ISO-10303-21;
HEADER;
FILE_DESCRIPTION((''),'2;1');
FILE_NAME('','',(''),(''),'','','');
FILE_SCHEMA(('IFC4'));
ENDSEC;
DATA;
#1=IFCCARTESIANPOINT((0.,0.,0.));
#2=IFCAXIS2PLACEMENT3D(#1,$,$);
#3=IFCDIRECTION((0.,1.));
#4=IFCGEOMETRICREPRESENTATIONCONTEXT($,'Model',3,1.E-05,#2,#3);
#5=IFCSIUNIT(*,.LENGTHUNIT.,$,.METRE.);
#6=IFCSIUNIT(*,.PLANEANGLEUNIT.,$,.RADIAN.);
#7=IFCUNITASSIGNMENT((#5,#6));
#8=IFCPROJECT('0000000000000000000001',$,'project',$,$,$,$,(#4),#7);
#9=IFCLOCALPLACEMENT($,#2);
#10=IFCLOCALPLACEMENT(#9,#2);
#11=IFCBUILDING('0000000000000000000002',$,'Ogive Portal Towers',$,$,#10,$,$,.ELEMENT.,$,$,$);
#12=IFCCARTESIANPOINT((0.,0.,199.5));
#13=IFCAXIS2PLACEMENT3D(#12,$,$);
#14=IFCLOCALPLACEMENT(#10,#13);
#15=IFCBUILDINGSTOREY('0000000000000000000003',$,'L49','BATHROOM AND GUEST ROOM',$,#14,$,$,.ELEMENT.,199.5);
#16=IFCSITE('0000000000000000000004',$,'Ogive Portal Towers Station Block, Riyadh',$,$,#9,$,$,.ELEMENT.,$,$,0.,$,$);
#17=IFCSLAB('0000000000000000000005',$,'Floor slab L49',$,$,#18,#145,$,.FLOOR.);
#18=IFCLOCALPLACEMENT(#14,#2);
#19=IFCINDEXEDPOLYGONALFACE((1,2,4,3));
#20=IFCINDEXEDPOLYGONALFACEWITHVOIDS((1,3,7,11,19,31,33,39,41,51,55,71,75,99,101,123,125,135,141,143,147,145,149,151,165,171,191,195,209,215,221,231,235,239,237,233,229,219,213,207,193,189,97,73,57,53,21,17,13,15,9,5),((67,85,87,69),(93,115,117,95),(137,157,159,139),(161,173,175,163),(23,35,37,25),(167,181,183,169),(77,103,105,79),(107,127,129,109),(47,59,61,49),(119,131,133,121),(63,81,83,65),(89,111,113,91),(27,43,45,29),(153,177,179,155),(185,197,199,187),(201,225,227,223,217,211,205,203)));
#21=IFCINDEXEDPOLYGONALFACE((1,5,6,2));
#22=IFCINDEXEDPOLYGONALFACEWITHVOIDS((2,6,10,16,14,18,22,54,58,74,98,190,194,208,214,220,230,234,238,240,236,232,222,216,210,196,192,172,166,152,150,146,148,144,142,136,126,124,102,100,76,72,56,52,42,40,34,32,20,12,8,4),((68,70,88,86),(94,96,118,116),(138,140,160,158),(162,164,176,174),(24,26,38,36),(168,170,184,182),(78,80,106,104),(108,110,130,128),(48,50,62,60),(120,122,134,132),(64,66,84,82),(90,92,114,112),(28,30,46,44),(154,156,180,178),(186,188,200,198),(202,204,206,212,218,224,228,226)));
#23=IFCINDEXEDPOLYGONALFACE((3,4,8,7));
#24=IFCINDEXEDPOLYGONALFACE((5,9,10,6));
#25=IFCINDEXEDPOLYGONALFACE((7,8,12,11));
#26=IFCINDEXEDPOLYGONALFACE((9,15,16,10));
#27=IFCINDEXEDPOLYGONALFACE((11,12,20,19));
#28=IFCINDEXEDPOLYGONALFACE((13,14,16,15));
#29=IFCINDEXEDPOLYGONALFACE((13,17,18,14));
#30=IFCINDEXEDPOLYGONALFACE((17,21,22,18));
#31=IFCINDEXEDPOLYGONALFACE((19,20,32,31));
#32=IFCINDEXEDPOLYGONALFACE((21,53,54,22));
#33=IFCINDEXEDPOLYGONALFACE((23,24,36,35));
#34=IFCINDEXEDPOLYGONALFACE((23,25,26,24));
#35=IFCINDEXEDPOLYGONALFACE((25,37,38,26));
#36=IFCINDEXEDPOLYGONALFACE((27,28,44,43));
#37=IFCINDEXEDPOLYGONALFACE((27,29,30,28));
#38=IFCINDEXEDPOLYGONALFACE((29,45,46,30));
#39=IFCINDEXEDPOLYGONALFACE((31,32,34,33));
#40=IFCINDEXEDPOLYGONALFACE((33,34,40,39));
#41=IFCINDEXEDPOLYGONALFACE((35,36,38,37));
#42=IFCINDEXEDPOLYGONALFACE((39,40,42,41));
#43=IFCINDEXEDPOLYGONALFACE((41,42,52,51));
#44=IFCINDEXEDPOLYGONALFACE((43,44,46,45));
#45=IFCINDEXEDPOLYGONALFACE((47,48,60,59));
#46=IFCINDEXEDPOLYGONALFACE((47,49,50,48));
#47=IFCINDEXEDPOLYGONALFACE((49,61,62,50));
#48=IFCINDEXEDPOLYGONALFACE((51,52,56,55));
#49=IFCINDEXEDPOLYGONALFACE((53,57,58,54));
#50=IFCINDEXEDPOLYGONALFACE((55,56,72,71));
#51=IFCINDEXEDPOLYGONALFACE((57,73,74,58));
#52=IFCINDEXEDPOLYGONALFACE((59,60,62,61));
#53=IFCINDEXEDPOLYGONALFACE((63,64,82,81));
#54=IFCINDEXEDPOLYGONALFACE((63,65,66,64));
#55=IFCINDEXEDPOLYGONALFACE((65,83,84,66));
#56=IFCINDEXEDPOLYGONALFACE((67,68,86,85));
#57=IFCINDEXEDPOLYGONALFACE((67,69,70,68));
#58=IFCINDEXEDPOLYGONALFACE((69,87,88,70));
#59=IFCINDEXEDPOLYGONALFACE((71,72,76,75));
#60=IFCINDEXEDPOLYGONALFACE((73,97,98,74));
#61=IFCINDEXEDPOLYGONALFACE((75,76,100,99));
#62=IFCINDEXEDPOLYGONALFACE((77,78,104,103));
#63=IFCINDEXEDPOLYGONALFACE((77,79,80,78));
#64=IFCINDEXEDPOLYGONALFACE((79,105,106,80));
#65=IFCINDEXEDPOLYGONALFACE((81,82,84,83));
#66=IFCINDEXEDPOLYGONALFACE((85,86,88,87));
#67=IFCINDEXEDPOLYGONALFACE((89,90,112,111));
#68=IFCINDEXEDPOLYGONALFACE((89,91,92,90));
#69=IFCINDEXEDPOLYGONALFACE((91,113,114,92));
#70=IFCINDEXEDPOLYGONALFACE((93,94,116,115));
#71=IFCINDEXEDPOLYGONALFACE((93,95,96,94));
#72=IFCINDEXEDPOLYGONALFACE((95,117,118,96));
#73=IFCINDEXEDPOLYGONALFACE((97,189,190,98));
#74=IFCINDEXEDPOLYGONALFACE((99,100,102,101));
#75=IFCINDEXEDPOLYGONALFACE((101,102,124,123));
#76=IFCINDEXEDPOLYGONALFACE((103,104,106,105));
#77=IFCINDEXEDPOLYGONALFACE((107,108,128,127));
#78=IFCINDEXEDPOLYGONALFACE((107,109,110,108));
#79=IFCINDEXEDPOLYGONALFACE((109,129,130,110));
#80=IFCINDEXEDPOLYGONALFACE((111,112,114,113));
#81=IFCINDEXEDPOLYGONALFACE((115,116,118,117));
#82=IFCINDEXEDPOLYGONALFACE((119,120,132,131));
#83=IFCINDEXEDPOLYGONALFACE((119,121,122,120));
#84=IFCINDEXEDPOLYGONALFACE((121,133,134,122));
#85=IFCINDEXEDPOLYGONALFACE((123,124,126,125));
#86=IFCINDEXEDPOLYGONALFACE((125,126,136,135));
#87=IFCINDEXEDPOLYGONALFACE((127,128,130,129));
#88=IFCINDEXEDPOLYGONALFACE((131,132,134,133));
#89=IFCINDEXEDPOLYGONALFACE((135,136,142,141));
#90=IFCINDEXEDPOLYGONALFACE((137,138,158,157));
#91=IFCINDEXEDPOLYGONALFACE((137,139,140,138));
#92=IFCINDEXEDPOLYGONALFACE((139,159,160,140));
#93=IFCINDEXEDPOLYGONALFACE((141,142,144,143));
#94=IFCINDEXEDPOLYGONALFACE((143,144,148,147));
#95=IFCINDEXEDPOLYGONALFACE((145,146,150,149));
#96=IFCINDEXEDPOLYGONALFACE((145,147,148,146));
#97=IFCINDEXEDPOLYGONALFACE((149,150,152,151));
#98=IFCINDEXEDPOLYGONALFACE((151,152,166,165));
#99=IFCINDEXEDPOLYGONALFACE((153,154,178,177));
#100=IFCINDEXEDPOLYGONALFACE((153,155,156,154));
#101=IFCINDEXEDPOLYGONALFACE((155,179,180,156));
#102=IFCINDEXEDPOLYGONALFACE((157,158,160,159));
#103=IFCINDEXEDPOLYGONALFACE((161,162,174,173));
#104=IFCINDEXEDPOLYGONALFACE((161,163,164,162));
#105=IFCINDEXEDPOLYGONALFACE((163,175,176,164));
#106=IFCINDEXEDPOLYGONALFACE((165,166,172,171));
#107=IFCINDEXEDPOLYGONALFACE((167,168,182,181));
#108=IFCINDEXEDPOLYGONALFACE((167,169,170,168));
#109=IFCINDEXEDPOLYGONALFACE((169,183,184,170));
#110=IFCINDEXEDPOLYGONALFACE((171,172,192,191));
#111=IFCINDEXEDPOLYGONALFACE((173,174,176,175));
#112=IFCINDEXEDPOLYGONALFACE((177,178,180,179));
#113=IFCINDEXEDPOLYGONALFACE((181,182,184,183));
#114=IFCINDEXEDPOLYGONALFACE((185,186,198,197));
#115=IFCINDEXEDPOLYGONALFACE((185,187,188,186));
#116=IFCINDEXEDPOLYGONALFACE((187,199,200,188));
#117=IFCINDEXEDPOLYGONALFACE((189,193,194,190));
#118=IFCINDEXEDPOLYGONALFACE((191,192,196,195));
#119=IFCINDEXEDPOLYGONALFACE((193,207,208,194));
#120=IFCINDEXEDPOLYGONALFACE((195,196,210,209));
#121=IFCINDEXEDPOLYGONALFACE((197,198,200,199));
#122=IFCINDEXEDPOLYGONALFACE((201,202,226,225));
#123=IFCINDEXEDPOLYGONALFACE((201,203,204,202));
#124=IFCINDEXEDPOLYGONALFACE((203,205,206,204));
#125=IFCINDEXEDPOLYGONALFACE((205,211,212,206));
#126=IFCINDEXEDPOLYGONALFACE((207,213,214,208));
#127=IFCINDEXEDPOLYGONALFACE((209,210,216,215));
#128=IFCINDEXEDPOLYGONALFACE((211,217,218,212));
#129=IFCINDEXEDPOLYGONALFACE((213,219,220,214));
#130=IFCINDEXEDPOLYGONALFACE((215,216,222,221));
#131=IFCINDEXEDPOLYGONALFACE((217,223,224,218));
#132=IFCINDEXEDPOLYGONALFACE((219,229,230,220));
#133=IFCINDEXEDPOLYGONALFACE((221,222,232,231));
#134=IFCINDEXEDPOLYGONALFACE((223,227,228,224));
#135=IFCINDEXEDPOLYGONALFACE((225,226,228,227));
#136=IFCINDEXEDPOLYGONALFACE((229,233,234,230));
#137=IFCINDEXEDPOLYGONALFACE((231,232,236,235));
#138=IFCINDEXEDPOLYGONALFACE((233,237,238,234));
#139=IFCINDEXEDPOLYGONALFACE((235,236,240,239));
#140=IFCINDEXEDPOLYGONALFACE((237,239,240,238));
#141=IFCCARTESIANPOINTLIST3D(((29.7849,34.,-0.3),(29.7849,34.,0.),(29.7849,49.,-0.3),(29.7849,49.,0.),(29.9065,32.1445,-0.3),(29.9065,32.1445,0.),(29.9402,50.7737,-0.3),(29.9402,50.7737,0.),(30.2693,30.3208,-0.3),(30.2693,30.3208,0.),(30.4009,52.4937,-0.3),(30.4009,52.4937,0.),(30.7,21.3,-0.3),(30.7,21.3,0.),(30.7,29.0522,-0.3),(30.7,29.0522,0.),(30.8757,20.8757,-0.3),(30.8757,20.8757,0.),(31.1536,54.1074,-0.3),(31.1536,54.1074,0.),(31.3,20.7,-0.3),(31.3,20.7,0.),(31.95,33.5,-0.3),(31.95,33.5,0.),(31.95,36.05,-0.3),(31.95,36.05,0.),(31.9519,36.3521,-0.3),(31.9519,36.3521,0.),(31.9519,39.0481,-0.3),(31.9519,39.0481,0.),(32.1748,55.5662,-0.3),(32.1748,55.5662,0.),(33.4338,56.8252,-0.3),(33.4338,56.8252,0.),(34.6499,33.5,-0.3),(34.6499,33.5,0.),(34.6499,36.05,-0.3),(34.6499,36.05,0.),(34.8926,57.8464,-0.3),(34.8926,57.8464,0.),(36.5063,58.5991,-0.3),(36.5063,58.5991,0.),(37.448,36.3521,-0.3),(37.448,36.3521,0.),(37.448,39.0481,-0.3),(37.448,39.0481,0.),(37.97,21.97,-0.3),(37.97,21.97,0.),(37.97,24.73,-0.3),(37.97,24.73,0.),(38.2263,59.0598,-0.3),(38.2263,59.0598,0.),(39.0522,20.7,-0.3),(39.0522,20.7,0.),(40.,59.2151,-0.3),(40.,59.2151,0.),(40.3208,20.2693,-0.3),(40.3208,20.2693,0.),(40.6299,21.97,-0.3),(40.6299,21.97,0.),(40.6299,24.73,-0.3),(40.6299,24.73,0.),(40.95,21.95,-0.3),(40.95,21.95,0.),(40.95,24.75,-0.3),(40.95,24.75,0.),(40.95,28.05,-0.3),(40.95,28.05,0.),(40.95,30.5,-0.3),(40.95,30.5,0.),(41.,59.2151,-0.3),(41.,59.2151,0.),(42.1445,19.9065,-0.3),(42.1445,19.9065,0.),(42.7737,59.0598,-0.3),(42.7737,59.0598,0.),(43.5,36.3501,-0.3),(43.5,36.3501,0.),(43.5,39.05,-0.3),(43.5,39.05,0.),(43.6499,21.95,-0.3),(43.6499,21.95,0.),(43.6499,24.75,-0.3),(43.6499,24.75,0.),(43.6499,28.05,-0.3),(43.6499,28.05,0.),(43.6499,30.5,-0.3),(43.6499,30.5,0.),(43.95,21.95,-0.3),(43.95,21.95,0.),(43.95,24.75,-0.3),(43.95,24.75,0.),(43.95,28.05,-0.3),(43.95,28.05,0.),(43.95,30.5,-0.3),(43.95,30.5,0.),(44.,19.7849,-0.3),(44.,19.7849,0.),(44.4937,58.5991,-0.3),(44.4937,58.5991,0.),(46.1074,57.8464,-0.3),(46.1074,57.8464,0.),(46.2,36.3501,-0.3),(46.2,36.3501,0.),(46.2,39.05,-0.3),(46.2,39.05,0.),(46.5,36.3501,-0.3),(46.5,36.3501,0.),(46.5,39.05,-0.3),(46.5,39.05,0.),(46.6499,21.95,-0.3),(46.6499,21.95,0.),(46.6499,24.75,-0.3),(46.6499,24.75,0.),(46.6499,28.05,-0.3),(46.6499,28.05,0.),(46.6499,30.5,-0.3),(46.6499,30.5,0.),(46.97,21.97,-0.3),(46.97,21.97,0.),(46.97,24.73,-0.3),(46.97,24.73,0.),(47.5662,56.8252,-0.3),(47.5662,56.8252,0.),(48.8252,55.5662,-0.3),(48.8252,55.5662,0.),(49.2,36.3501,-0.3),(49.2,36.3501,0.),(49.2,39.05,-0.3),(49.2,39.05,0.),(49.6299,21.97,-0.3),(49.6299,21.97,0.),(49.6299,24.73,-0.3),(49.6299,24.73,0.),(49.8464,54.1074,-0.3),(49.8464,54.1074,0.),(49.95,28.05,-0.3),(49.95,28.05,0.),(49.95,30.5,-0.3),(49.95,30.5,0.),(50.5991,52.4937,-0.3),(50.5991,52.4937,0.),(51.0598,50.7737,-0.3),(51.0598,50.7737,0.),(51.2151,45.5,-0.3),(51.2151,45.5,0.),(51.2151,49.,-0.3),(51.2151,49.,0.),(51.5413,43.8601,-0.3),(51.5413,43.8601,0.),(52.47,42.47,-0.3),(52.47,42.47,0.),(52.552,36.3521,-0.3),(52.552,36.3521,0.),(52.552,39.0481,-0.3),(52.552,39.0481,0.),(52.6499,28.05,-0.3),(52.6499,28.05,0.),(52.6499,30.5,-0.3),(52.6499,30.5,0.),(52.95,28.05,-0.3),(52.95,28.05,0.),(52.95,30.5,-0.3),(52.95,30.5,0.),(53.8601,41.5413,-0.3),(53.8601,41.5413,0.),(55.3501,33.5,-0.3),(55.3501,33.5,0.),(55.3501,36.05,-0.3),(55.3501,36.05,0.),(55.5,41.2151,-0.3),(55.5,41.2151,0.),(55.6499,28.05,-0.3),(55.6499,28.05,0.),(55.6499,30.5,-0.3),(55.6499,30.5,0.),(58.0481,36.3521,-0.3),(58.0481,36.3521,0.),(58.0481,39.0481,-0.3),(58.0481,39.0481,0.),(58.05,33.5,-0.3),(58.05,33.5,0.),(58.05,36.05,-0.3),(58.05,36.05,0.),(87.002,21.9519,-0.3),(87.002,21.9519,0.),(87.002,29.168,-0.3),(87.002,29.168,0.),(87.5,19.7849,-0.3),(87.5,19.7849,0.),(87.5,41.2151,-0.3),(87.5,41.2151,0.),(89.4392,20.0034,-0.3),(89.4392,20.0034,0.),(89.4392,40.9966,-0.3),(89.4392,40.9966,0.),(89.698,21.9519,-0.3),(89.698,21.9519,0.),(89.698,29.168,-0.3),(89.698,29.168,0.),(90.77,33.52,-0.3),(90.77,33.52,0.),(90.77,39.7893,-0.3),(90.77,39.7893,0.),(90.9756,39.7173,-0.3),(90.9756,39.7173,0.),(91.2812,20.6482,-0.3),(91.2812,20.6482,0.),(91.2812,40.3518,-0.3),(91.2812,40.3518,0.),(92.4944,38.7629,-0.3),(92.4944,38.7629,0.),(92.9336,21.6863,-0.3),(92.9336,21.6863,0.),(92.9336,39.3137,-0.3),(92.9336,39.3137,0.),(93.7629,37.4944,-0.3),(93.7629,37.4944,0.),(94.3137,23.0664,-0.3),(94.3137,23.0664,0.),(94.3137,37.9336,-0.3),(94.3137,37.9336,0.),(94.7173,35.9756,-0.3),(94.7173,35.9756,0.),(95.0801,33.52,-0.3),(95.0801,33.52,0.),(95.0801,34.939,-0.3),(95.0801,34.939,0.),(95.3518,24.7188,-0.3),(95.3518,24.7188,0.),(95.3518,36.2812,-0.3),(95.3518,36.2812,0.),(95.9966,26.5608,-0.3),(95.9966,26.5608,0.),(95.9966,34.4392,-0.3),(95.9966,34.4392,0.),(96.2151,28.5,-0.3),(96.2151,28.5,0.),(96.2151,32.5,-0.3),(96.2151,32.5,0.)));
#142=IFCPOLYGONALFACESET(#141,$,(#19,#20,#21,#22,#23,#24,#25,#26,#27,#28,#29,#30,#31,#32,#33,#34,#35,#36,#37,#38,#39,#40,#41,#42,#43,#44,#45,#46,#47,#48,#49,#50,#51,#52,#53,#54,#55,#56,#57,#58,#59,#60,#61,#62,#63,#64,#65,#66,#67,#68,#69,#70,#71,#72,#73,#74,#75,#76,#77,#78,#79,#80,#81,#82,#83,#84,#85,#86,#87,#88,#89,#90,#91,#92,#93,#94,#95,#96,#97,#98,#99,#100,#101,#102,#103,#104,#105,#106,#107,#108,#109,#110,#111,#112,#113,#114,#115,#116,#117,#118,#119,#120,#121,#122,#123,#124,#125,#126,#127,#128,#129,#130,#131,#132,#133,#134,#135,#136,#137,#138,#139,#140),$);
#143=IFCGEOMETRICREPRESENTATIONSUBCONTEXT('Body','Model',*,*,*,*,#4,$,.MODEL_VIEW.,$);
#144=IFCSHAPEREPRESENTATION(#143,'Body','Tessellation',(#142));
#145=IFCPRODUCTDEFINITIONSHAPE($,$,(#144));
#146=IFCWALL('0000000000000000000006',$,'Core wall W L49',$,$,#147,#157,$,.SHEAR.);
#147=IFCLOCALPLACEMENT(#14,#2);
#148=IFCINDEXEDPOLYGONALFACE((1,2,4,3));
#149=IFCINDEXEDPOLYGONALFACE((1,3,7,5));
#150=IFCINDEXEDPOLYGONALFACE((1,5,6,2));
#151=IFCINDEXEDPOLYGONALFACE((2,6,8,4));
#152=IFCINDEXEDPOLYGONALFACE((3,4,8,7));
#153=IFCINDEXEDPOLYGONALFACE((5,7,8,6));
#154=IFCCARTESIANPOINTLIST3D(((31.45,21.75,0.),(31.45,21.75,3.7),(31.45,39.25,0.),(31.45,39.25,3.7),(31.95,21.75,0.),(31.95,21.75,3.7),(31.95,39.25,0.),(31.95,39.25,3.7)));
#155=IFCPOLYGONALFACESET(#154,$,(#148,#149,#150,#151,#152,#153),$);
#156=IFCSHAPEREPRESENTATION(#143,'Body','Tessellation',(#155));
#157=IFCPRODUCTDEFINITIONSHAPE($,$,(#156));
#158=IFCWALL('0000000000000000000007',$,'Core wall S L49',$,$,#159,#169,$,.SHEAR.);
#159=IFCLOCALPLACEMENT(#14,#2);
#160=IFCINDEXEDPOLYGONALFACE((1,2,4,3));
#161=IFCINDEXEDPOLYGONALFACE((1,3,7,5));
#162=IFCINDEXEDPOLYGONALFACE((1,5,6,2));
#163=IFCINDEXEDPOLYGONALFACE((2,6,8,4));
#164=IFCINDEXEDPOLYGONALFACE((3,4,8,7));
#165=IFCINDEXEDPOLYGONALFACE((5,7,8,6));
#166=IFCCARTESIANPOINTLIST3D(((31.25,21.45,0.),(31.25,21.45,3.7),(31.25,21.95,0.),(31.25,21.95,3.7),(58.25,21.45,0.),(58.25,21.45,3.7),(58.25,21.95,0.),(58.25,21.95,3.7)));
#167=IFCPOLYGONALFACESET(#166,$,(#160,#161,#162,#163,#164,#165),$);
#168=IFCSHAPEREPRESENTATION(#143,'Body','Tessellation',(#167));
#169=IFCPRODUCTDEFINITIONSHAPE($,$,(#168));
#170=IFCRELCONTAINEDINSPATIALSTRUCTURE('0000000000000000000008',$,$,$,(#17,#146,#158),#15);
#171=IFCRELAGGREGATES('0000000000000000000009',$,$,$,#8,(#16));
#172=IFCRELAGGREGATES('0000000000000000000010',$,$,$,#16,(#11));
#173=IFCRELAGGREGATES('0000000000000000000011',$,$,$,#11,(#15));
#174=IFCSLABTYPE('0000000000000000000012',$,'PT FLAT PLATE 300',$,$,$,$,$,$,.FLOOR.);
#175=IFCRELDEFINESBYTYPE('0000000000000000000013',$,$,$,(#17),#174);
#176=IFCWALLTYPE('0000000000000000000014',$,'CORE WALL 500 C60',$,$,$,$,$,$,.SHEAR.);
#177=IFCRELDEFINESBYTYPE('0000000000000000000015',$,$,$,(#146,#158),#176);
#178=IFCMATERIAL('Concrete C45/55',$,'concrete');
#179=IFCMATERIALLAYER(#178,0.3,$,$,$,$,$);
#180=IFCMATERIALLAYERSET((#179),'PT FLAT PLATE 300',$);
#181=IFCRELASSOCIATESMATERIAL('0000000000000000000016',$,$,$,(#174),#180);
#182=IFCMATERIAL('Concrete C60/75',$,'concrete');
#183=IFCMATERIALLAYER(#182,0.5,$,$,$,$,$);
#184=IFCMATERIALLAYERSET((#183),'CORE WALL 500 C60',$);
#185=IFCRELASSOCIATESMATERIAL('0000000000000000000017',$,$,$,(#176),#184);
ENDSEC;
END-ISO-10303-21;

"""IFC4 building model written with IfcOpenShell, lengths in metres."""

from ifc_helpers import new_model, si_unit, direction, frame, frame_2d, origin, place, context, subcontext, project, spatial, polyline, rectangle, outline, extrude, material, layer, layer_set, type_object, element, save


model = new_model("IFC4")

# Units and contexts
model_context = context("Model", 3, precision=1e-05, world=origin(), true_north=direction((0.0, 1.0)))
body_context = subcontext(model_context, "Body", "Model", "MODEL_VIEW")
ifc_project = project(units=[si_unit("LENGTHUNIT", "METRE"), si_unit("PLANEANGLEUNIT", "RADIAN")], contexts=[model_context])

# Site, building, storey
site_placement = place(None, origin())
site = spatial("IfcSite", under=ifc_project, at=site_placement, Name="Ogive Portal Towers Station Block, Riyadh", CompositionType="ELEMENT", RefElevation=0.0)
building_placement = place(site_placement, origin())
building = spatial("IfcBuilding", under=site, at=building_placement, Name="Ogive Portal Towers", CompositionType="ELEMENT")
storey_placement = place(building_placement, frame((0.0, 0.0, 199.5)))
storey = spatial("IfcBuildingStorey", under=building, at=storey_placement, Name="L49", Description="BATHROOM AND GUEST ROOM", CompositionType="ELEMENT", Elevation=199.5)

# Slab
ifc_material_1 = material(Name="Concrete C45/55", Category="concrete")
ifc_layer_1 = layer(ifc_material_1, 0.3)
ifc_layer_set_1 = layer_set([ifc_layer_1], Name="PT FLAT PLATE 300")
slab_type_1 = type_object("IfcSlabType", Name="PT FLAT PLATE 300", PredefinedType="FLOOR", material=ifc_layer_set_1)
slab_1_placement = place(storey_placement, frame((0.0, 0.0, -0.3)))
element("IfcSlab", 1, at=slab_1_placement, inside=storey, type_object=slab_type_1, Name="Floor slab L49", PredefinedType="FLOOR", context=body_context, shape_type="SweptSolid", body=[
    extrude(outline(polyline([(29.9065, 32.1445), (30.2693, 30.3208), (30.7, 29.0522), (30.7, 21.3), (30.8757, 20.8757), (31.3, 20.7), (39.0522, 20.7), (40.3208, 20.2693), (42.1445, 19.9065), (44.0, 19.7849), (87.5, 19.7849), (89.4392, 20.0034), (91.2812, 20.6482), (92.9336, 21.6863), (94.3137, 23.0664), (95.3518, 24.7188), (95.9966, 26.5608), (96.2151, 28.5), (96.2151, 32.5), (95.9966, 34.4392), (95.3518, 36.2812), (94.3137, 37.9336), (92.9336, 39.3137), (91.2812, 40.3518), (89.4392, 40.9966), (87.5, 41.2151), (55.5, 41.2151), (53.8601, 41.5413), (52.47, 42.47), (51.5413, 43.8601), (51.2151, 45.5), (51.2151, 49.0), (51.0598, 50.7737), (50.5991, 52.4937), (49.8464, 54.1074), (48.8252, 55.5662), (47.5662, 56.8252), (46.1074, 57.8464), (44.4937, 58.5991), (42.7737, 59.0598), (41.0, 59.2151), (40.0, 59.2151), (38.2263, 59.0598), (36.5063, 58.5991), (34.8926, 57.8464), (33.4338, 56.8252), (32.1748, 55.5662), (31.1536, 54.1074), (30.4009, 52.4937), (29.9402, 50.7737), (29.7849, 49.0), (29.7849, 34.0), (29.9065, 32.1445)]), holes=[polyline([(40.6299, 21.97), (37.97, 21.97), (37.97, 24.73), (40.6299, 24.73), (40.6299, 21.97)]), polyline([(43.6499, 24.75), (43.6499, 21.95), (40.95, 21.95), (40.95, 24.75), (43.6499, 24.75)]), polyline([(46.6499, 24.75), (46.6499, 21.95), (43.95, 21.95), (43.95, 24.75), (46.6499, 24.75)]), polyline([(43.6499, 30.5), (43.6499, 28.05), (40.95, 28.05), (40.95, 30.5), (43.6499, 30.5)]), polyline([(46.6499, 30.5), (46.6499, 28.05), (43.95, 28.05), (43.95, 30.5), (46.6499, 30.5)]), polyline([(34.6499, 36.05), (34.6499, 33.5), (31.95, 33.5), (31.95, 36.05), (34.6499, 36.05)]), polyline([(31.9519, 39.0481), (37.448, 39.0481), (37.448, 36.3521), (31.9519, 36.3521), (31.9519, 39.0481)]), polyline([(46.2, 39.05), (46.2, 36.3501), (43.5, 36.3501), (43.5, 39.05), (46.2, 39.05)]), polyline([(49.6299, 21.97), (46.97, 21.97), (46.97, 24.73), (49.6299, 24.73), (49.6299, 21.97)]), polyline([(87.002, 21.9519), (87.002, 29.168), (89.698, 29.168), (89.698, 21.9519), (87.002, 21.9519)]), polyline([(52.6499, 30.5), (52.6499, 28.05), (49.95, 28.05), (49.95, 30.5), (52.6499, 30.5)]), polyline([(55.6499, 30.5), (55.6499, 28.05), (52.95, 28.05), (52.95, 30.5), (55.6499, 30.5)]), polyline([(58.05, 36.05), (58.05, 33.5), (55.3501, 33.5), (55.3501, 36.05), (58.05, 36.05)]), polyline([(93.7629, 37.4944), (94.7173, 35.9756), (95.0801, 34.939), (95.0801, 33.52), (90.77, 33.52), (90.77, 39.7893), (90.9756, 39.7173), (92.4944, 38.7629), (93.7629, 37.4944)]), polyline([(49.2, 39.05), (49.2, 36.3501), (46.5, 36.3501), (46.5, 39.05), (49.2, 39.05)]), polyline([(58.0481, 36.3521), (52.552, 36.3521), (52.552, 39.0481), (58.0481, 39.0481), (58.0481, 36.3521)])]), origin(), (0.0, 0.0, 1.0), 0.3),
])

# Walls
ifc_material_2 = material(Name="Concrete C60/75", Category="concrete")
ifc_layer_2 = layer(ifc_material_2, 0.5)
ifc_layer_set_2 = layer_set([ifc_layer_2], Name="CORE WALL 500 C60")
wall_type_1 = type_object("IfcWallType", Name="CORE WALL 500 C60", PredefinedType="SHEAR", material=ifc_layer_set_2)
wall_1_placement = place(storey_placement, frame((31.7, 21.75, 0.0), z_axis=(0.0, 0.0, 1.0), x_axis=(0.0, 1.0, 0.0)))
element("IfcWall", 2, at=wall_1_placement, inside=storey, type_object=wall_type_1, Name="Core wall W L49", PredefinedType="SHEAR", context=body_context, shape_type="SweptSolid", body=[
    extrude(rectangle(XDim=17.5, YDim=0.5, at=frame_2d((8.75, 0.0))), origin(), (0.0, 0.0, 1.0), 3.7),
])
wall_2_placement = place(storey_placement, frame((31.25, 21.7, 0.0), z_axis=(0.0, 0.0, 1.0), x_axis=(1.0, 0.0, 0.0)))
element("IfcWall", 3, at=wall_2_placement, inside=storey, type_object=wall_type_1, Name="Core wall S L49", PredefinedType="SHEAR", context=body_context, shape_type="SweptSolid", body=[
    extrude(rectangle(XDim=27.0, YDim=0.5, at=frame_2d((13.5, 0.0))), origin(), (0.0, 0.0, 1.0), 3.7),
])

save(model, "model.ifc")
